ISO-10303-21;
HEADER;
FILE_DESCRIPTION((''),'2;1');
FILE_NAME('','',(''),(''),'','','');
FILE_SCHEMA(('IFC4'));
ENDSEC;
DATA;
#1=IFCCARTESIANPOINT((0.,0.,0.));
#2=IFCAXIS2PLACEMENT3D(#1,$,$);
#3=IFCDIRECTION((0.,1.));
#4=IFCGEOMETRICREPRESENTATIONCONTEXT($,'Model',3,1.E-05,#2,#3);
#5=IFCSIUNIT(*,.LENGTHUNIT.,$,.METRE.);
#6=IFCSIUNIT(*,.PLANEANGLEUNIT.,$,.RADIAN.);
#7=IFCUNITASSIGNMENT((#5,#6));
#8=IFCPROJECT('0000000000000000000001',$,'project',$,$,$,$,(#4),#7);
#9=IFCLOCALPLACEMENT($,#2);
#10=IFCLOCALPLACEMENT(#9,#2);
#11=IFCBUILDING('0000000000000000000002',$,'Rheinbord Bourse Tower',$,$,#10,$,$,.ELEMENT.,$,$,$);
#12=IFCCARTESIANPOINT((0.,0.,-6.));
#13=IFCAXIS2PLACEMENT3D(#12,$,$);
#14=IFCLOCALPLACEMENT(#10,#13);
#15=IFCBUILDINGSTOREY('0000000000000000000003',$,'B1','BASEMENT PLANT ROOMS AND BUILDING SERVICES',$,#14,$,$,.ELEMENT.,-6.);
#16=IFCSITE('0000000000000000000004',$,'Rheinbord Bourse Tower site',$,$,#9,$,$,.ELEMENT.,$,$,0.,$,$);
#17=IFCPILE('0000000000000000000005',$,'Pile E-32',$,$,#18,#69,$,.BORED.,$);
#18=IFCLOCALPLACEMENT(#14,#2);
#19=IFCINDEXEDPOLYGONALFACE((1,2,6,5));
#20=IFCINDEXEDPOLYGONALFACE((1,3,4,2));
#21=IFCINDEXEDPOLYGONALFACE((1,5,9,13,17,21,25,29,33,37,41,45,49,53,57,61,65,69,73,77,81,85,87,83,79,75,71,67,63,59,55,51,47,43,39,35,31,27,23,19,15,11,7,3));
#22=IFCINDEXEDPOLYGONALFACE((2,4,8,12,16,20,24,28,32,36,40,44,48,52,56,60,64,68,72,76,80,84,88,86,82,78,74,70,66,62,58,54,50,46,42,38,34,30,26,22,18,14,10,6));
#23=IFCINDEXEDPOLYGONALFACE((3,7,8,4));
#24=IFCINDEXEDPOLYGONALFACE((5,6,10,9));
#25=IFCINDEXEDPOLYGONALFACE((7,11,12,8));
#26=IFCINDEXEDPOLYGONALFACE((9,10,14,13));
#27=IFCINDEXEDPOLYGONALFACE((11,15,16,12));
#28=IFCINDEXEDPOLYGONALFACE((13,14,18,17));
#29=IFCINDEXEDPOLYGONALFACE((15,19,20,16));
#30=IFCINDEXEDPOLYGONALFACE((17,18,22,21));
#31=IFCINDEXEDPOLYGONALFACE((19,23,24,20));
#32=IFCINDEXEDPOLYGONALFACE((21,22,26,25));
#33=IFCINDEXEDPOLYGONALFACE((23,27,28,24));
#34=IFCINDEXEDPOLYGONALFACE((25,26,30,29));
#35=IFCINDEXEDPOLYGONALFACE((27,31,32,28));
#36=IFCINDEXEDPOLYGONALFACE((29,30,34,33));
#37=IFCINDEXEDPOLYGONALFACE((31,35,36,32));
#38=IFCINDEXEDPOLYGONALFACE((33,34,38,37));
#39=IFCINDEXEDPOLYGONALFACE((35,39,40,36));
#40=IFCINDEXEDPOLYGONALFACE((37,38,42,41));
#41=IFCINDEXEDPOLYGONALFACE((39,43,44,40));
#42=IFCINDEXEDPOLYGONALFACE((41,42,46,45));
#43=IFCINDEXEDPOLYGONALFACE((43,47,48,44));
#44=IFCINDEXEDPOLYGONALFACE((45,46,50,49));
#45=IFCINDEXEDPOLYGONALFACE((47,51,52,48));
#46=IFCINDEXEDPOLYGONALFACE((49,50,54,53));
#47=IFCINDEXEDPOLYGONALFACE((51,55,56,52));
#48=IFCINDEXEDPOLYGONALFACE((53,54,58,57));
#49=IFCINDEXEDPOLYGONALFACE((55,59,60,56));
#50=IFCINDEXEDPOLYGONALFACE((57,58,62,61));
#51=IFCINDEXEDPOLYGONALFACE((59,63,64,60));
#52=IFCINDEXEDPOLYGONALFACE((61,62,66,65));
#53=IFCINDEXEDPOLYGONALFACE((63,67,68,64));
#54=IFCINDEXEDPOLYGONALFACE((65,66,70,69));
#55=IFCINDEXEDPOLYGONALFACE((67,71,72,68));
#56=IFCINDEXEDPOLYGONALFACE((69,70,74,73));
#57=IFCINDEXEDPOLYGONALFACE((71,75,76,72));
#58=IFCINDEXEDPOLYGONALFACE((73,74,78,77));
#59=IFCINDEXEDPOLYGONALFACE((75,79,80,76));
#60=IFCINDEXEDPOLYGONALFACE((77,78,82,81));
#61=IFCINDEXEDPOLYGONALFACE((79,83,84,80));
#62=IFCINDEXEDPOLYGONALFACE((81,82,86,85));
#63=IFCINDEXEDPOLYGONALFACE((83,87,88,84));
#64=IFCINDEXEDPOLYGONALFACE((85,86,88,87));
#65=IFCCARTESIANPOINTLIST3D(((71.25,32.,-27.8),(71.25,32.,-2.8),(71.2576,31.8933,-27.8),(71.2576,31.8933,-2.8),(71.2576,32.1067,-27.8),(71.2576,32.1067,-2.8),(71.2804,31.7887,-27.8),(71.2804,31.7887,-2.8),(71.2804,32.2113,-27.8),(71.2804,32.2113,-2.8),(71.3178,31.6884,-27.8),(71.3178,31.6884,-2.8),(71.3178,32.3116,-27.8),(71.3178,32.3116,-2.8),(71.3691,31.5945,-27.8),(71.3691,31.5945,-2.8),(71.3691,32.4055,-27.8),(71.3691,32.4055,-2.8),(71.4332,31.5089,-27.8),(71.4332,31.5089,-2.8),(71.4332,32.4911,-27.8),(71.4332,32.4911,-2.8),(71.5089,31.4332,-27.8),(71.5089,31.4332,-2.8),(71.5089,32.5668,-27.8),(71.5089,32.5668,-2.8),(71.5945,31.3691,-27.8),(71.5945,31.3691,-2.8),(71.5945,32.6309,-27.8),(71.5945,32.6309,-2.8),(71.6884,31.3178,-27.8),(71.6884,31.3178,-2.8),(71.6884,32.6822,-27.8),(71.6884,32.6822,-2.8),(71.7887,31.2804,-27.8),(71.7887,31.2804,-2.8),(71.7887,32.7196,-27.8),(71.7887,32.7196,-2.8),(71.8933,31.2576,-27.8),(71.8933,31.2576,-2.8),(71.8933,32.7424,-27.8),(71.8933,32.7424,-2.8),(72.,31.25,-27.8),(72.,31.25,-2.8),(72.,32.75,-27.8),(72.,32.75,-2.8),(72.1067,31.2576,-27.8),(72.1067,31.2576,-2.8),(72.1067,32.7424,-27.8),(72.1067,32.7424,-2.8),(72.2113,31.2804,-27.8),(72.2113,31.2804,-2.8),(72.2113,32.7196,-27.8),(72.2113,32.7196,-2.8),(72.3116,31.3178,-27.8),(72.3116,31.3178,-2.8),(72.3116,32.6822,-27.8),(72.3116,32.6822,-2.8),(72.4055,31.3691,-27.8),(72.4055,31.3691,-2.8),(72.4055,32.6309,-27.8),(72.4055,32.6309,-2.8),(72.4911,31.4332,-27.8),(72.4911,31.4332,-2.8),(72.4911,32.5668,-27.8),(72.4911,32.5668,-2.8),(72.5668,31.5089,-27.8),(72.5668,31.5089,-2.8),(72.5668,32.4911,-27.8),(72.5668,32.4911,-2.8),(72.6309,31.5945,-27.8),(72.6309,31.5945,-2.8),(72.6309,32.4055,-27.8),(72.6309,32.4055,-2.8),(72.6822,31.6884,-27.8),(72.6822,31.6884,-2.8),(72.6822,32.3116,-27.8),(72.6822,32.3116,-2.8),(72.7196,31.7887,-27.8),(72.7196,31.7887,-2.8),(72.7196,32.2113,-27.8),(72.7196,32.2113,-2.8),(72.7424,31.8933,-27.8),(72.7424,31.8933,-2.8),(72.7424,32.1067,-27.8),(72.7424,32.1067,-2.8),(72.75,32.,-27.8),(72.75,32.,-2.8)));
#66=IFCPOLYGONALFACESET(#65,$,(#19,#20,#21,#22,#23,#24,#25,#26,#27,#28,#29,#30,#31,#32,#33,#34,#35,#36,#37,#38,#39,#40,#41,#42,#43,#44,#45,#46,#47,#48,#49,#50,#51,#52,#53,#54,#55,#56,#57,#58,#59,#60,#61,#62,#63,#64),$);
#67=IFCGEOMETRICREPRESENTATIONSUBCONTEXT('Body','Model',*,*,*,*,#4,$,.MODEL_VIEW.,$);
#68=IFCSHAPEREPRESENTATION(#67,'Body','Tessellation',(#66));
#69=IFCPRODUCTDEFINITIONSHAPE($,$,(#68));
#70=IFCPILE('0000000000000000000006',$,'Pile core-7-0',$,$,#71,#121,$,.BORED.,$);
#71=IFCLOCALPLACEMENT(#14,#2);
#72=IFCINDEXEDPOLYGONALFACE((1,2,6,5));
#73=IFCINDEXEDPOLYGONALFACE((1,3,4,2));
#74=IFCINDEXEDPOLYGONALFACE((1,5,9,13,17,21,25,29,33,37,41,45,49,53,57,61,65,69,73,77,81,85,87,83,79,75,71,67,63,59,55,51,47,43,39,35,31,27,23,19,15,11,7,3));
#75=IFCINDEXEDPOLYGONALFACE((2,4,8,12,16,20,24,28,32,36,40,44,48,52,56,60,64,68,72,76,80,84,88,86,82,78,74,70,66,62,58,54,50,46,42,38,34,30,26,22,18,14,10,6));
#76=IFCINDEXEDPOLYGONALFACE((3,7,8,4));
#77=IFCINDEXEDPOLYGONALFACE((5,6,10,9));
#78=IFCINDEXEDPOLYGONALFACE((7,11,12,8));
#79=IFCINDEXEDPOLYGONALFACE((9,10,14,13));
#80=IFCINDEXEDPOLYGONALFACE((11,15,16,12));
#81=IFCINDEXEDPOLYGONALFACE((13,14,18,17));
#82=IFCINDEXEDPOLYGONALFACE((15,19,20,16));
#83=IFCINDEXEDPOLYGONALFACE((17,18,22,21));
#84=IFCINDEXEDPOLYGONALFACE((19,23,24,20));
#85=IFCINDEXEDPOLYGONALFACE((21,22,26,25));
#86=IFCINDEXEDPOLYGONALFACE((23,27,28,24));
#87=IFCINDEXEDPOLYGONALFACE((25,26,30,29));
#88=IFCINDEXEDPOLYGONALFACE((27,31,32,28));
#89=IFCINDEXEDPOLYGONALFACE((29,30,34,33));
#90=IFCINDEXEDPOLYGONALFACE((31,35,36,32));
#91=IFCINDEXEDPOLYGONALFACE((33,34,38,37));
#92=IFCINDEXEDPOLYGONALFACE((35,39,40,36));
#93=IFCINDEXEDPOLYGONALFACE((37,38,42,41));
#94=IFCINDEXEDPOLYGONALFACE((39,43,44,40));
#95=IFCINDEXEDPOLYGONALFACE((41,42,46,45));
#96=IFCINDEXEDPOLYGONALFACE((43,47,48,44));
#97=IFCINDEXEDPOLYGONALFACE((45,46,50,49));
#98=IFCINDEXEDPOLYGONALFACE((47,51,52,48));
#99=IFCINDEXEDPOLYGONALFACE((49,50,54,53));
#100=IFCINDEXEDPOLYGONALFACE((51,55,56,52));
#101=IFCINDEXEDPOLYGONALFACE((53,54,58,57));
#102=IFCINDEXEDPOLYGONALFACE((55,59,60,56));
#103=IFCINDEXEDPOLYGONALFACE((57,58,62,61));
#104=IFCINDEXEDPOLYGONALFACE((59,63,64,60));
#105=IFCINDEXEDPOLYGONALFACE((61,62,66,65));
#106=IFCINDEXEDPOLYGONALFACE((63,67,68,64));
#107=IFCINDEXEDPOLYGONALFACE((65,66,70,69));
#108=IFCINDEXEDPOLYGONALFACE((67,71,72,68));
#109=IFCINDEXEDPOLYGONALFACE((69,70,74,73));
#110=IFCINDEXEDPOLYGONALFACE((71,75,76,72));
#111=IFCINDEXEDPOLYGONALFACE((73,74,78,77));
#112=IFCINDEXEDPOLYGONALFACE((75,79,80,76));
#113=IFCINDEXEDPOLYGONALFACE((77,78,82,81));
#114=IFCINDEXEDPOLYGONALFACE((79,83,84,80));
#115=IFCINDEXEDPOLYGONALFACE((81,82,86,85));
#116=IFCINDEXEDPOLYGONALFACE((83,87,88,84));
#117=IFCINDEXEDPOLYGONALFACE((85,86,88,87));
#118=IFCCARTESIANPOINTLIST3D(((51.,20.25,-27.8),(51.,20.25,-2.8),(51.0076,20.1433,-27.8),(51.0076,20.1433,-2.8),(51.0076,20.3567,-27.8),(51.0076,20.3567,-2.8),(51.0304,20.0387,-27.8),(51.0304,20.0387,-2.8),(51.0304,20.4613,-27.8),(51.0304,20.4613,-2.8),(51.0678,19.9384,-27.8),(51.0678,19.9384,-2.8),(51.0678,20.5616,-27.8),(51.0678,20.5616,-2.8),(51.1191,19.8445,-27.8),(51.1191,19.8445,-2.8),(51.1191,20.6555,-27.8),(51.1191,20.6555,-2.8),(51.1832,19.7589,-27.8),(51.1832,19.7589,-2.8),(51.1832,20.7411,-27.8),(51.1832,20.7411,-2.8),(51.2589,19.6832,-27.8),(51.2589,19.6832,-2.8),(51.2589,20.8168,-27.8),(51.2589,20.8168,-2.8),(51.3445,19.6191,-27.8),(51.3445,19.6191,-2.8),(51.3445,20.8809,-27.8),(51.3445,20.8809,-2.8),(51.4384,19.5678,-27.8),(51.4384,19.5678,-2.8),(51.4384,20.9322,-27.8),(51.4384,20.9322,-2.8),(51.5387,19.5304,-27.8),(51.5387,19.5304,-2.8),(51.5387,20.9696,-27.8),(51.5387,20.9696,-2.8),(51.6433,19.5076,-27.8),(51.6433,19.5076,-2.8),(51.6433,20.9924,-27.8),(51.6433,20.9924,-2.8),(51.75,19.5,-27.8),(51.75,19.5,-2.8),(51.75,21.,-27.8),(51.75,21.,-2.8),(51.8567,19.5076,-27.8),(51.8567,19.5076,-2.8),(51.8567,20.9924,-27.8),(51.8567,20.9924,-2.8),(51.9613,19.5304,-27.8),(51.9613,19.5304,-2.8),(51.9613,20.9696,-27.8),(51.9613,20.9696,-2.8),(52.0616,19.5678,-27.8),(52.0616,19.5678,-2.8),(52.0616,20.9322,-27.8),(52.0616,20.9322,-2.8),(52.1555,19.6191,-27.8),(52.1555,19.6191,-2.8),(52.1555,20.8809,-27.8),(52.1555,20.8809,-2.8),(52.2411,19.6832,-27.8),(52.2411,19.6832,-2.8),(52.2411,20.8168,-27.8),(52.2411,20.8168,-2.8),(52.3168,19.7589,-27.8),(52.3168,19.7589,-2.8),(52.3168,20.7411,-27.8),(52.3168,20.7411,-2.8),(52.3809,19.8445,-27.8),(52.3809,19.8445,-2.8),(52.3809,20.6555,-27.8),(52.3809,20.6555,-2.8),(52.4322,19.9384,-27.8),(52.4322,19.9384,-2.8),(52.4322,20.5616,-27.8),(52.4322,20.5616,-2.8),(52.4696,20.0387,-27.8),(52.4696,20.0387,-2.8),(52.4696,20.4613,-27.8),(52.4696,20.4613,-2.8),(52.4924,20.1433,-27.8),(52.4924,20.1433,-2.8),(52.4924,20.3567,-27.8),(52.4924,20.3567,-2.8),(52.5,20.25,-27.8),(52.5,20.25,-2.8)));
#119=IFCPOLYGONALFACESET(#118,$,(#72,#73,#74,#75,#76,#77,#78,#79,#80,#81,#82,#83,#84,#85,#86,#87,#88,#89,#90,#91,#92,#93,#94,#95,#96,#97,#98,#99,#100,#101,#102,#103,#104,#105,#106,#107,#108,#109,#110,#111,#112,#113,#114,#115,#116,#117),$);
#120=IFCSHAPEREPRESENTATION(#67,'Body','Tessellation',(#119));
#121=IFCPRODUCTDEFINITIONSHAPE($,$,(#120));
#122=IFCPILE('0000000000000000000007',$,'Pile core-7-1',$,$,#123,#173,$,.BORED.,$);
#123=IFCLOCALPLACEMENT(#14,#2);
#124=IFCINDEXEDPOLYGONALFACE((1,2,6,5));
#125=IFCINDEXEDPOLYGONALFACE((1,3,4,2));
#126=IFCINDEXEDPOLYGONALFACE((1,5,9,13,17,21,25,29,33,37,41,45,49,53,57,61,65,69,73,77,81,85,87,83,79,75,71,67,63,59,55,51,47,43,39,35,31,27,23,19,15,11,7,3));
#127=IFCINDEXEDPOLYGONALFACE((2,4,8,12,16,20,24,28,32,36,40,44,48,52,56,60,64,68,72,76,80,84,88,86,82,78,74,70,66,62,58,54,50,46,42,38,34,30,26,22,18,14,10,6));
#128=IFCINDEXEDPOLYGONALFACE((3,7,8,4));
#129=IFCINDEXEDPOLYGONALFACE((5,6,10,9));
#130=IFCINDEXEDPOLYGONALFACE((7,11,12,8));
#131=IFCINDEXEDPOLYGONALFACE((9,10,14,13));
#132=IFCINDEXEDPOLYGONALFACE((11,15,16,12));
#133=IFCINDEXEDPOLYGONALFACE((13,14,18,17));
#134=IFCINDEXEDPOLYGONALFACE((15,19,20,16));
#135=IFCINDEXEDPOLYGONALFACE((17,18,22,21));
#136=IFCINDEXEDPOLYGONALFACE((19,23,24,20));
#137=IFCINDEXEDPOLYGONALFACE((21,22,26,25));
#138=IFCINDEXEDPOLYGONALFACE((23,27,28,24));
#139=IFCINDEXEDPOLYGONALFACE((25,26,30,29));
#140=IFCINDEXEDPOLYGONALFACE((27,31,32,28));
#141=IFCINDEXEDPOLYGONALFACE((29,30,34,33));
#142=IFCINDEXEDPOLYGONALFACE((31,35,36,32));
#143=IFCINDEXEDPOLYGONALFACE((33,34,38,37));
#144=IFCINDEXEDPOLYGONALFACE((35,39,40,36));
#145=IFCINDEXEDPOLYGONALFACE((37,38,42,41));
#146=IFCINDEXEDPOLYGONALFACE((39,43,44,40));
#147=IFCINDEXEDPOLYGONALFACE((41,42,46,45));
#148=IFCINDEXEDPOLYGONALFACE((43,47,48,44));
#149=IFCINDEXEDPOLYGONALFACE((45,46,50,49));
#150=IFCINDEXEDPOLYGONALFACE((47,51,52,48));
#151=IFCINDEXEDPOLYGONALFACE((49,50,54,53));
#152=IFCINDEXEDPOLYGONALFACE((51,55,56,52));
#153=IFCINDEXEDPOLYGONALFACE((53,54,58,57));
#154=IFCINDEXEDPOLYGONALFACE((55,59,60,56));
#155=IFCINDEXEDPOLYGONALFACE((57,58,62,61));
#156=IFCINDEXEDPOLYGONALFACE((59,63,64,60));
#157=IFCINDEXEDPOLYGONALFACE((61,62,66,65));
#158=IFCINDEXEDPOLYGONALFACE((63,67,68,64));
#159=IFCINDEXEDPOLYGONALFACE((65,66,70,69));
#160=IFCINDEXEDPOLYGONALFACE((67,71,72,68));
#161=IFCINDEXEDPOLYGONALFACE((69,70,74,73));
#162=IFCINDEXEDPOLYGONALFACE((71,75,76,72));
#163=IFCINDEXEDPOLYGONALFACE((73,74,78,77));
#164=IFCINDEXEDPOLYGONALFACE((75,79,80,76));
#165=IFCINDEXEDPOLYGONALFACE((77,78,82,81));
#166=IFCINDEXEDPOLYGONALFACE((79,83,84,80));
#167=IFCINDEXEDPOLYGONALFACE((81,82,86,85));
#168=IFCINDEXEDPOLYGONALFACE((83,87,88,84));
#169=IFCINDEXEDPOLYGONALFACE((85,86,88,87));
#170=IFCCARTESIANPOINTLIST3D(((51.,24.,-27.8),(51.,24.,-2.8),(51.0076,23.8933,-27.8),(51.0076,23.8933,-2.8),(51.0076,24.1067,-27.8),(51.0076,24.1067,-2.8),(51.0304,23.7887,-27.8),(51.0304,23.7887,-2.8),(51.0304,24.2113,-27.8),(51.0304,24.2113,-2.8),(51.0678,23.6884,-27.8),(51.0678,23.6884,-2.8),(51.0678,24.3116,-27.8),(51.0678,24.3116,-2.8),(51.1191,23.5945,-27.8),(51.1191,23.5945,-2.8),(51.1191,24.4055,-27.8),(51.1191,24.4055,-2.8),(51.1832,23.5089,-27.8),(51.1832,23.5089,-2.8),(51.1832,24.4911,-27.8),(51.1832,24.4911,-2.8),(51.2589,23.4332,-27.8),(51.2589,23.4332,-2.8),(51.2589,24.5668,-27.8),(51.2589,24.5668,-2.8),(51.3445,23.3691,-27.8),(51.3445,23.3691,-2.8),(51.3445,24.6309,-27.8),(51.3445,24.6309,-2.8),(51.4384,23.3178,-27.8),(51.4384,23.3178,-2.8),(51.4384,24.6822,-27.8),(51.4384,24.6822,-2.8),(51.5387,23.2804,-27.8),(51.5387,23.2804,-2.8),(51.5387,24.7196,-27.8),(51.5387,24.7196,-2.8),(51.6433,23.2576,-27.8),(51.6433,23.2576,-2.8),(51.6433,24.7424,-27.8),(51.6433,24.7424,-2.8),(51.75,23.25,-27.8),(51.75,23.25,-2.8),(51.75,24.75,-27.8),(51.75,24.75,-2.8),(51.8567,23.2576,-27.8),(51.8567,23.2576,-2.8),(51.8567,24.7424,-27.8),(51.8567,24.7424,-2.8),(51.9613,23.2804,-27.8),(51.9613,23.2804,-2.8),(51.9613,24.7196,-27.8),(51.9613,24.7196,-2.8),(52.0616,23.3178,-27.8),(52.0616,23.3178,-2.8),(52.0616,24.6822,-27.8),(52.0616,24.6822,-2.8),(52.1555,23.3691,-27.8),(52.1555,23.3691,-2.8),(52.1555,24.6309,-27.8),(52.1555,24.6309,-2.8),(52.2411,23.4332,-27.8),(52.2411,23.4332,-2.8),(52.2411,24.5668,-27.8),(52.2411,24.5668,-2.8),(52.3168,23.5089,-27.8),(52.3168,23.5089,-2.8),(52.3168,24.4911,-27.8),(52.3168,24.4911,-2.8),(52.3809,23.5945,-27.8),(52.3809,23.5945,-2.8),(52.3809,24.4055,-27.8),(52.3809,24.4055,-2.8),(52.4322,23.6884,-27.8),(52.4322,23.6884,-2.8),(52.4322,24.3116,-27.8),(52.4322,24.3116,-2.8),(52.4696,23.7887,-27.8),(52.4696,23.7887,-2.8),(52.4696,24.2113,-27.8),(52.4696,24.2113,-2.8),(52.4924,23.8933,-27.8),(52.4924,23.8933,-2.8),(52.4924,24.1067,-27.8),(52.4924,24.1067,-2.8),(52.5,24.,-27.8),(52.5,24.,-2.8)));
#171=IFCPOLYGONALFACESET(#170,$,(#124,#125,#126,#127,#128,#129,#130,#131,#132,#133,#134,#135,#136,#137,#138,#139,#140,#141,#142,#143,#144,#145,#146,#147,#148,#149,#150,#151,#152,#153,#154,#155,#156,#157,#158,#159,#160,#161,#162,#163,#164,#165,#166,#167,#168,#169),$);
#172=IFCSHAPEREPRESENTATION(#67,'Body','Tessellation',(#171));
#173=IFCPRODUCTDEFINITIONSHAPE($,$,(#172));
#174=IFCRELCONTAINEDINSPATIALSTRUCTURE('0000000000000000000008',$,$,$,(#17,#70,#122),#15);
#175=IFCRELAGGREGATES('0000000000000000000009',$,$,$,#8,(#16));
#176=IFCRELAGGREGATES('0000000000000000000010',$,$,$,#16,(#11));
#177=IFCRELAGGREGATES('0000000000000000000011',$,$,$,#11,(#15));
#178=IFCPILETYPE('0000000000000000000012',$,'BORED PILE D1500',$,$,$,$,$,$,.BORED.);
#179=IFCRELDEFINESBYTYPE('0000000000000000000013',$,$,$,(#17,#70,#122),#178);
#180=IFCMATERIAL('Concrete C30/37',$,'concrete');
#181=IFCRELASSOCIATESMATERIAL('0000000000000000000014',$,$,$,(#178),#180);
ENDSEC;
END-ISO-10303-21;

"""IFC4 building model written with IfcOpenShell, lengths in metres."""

from ifc_helpers import new_model, si_unit, direction, frame, origin, origin_2d, place, context, subcontext, project, spatial, circle, extrude, material, material_profile, profile_set, type_object, element, save


model = new_model("IFC4")

# Units and contexts
model_context = context("Model", 3, precision=1e-05, world=origin(), true_north=direction((0.0, 1.0)))
body_context = subcontext(model_context, "Body", "Model", "MODEL_VIEW")
ifc_project = project(units=[si_unit("LENGTHUNIT", "METRE"), si_unit("PLANEANGLEUNIT", "RADIAN")], contexts=[model_context])

# Site, building, storey
site_placement = place(None, origin())
site = spatial("IfcSite", under=ifc_project, at=site_placement, Name="Rheinbord Bourse Tower site", CompositionType="ELEMENT", RefElevation=0.0)
building_placement = place(site_placement, origin())
building = spatial("IfcBuilding", under=site, at=building_placement, Name="Rheinbord Bourse Tower", CompositionType="ELEMENT")
storey_placement = place(building_placement, frame((0.0, 0.0, -6.0)))
storey = spatial("IfcBuildingStorey", under=building, at=storey_placement, Name="B1", Description="BASEMENT PLANT ROOMS AND BUILDING SERVICES", CompositionType="ELEMENT", Elevation=-6.0)

# Piles
ifc_material_1 = material(Name="Concrete C30/37", Category="concrete")
ifc_material_profile_1 = material_profile(ifc_material_1, circle(Radius=0.75, at=origin_2d()), Name="D1500")
ifc_profile_set_1 = profile_set([ifc_material_profile_1], Name="Concrete C30/37")
pile_type = type_object("IfcPileType", Name="BORED PILE D1500", PredefinedType="BORED", material=ifc_profile_set_1)
for number, where, z_axis, x_axis, name in (
    (1, (72.0, 32.0, -2.8), (0.0, 0.0, -1.0), (1.0, 0.0, 0.0), "Pile E-32"),
    (2, (51.75, 20.25, -2.8), (0.0, 0.0, -1.0), (1.0, 0.0, 0.0), "Pile core-7-0"),
    (3, (51.75, 24.0, -2.8), (0.0, 0.0, -1.0), (1.0, 0.0, 0.0), "Pile core-7-1"),
):
    element("IfcPile", number, at=place(storey_placement, frame(where, z_axis=z_axis, x_axis=x_axis)), inside=storey, type_object=pile_type, Name=name, PredefinedType="BORED", context=body_context, shape_type="SweptSolid", body=[
        extrude(circle(Radius=0.75, at=origin_2d()), origin(), (0.0, 0.0, 1.0), 25.0),
    ])

save(model, "model.ifc")
